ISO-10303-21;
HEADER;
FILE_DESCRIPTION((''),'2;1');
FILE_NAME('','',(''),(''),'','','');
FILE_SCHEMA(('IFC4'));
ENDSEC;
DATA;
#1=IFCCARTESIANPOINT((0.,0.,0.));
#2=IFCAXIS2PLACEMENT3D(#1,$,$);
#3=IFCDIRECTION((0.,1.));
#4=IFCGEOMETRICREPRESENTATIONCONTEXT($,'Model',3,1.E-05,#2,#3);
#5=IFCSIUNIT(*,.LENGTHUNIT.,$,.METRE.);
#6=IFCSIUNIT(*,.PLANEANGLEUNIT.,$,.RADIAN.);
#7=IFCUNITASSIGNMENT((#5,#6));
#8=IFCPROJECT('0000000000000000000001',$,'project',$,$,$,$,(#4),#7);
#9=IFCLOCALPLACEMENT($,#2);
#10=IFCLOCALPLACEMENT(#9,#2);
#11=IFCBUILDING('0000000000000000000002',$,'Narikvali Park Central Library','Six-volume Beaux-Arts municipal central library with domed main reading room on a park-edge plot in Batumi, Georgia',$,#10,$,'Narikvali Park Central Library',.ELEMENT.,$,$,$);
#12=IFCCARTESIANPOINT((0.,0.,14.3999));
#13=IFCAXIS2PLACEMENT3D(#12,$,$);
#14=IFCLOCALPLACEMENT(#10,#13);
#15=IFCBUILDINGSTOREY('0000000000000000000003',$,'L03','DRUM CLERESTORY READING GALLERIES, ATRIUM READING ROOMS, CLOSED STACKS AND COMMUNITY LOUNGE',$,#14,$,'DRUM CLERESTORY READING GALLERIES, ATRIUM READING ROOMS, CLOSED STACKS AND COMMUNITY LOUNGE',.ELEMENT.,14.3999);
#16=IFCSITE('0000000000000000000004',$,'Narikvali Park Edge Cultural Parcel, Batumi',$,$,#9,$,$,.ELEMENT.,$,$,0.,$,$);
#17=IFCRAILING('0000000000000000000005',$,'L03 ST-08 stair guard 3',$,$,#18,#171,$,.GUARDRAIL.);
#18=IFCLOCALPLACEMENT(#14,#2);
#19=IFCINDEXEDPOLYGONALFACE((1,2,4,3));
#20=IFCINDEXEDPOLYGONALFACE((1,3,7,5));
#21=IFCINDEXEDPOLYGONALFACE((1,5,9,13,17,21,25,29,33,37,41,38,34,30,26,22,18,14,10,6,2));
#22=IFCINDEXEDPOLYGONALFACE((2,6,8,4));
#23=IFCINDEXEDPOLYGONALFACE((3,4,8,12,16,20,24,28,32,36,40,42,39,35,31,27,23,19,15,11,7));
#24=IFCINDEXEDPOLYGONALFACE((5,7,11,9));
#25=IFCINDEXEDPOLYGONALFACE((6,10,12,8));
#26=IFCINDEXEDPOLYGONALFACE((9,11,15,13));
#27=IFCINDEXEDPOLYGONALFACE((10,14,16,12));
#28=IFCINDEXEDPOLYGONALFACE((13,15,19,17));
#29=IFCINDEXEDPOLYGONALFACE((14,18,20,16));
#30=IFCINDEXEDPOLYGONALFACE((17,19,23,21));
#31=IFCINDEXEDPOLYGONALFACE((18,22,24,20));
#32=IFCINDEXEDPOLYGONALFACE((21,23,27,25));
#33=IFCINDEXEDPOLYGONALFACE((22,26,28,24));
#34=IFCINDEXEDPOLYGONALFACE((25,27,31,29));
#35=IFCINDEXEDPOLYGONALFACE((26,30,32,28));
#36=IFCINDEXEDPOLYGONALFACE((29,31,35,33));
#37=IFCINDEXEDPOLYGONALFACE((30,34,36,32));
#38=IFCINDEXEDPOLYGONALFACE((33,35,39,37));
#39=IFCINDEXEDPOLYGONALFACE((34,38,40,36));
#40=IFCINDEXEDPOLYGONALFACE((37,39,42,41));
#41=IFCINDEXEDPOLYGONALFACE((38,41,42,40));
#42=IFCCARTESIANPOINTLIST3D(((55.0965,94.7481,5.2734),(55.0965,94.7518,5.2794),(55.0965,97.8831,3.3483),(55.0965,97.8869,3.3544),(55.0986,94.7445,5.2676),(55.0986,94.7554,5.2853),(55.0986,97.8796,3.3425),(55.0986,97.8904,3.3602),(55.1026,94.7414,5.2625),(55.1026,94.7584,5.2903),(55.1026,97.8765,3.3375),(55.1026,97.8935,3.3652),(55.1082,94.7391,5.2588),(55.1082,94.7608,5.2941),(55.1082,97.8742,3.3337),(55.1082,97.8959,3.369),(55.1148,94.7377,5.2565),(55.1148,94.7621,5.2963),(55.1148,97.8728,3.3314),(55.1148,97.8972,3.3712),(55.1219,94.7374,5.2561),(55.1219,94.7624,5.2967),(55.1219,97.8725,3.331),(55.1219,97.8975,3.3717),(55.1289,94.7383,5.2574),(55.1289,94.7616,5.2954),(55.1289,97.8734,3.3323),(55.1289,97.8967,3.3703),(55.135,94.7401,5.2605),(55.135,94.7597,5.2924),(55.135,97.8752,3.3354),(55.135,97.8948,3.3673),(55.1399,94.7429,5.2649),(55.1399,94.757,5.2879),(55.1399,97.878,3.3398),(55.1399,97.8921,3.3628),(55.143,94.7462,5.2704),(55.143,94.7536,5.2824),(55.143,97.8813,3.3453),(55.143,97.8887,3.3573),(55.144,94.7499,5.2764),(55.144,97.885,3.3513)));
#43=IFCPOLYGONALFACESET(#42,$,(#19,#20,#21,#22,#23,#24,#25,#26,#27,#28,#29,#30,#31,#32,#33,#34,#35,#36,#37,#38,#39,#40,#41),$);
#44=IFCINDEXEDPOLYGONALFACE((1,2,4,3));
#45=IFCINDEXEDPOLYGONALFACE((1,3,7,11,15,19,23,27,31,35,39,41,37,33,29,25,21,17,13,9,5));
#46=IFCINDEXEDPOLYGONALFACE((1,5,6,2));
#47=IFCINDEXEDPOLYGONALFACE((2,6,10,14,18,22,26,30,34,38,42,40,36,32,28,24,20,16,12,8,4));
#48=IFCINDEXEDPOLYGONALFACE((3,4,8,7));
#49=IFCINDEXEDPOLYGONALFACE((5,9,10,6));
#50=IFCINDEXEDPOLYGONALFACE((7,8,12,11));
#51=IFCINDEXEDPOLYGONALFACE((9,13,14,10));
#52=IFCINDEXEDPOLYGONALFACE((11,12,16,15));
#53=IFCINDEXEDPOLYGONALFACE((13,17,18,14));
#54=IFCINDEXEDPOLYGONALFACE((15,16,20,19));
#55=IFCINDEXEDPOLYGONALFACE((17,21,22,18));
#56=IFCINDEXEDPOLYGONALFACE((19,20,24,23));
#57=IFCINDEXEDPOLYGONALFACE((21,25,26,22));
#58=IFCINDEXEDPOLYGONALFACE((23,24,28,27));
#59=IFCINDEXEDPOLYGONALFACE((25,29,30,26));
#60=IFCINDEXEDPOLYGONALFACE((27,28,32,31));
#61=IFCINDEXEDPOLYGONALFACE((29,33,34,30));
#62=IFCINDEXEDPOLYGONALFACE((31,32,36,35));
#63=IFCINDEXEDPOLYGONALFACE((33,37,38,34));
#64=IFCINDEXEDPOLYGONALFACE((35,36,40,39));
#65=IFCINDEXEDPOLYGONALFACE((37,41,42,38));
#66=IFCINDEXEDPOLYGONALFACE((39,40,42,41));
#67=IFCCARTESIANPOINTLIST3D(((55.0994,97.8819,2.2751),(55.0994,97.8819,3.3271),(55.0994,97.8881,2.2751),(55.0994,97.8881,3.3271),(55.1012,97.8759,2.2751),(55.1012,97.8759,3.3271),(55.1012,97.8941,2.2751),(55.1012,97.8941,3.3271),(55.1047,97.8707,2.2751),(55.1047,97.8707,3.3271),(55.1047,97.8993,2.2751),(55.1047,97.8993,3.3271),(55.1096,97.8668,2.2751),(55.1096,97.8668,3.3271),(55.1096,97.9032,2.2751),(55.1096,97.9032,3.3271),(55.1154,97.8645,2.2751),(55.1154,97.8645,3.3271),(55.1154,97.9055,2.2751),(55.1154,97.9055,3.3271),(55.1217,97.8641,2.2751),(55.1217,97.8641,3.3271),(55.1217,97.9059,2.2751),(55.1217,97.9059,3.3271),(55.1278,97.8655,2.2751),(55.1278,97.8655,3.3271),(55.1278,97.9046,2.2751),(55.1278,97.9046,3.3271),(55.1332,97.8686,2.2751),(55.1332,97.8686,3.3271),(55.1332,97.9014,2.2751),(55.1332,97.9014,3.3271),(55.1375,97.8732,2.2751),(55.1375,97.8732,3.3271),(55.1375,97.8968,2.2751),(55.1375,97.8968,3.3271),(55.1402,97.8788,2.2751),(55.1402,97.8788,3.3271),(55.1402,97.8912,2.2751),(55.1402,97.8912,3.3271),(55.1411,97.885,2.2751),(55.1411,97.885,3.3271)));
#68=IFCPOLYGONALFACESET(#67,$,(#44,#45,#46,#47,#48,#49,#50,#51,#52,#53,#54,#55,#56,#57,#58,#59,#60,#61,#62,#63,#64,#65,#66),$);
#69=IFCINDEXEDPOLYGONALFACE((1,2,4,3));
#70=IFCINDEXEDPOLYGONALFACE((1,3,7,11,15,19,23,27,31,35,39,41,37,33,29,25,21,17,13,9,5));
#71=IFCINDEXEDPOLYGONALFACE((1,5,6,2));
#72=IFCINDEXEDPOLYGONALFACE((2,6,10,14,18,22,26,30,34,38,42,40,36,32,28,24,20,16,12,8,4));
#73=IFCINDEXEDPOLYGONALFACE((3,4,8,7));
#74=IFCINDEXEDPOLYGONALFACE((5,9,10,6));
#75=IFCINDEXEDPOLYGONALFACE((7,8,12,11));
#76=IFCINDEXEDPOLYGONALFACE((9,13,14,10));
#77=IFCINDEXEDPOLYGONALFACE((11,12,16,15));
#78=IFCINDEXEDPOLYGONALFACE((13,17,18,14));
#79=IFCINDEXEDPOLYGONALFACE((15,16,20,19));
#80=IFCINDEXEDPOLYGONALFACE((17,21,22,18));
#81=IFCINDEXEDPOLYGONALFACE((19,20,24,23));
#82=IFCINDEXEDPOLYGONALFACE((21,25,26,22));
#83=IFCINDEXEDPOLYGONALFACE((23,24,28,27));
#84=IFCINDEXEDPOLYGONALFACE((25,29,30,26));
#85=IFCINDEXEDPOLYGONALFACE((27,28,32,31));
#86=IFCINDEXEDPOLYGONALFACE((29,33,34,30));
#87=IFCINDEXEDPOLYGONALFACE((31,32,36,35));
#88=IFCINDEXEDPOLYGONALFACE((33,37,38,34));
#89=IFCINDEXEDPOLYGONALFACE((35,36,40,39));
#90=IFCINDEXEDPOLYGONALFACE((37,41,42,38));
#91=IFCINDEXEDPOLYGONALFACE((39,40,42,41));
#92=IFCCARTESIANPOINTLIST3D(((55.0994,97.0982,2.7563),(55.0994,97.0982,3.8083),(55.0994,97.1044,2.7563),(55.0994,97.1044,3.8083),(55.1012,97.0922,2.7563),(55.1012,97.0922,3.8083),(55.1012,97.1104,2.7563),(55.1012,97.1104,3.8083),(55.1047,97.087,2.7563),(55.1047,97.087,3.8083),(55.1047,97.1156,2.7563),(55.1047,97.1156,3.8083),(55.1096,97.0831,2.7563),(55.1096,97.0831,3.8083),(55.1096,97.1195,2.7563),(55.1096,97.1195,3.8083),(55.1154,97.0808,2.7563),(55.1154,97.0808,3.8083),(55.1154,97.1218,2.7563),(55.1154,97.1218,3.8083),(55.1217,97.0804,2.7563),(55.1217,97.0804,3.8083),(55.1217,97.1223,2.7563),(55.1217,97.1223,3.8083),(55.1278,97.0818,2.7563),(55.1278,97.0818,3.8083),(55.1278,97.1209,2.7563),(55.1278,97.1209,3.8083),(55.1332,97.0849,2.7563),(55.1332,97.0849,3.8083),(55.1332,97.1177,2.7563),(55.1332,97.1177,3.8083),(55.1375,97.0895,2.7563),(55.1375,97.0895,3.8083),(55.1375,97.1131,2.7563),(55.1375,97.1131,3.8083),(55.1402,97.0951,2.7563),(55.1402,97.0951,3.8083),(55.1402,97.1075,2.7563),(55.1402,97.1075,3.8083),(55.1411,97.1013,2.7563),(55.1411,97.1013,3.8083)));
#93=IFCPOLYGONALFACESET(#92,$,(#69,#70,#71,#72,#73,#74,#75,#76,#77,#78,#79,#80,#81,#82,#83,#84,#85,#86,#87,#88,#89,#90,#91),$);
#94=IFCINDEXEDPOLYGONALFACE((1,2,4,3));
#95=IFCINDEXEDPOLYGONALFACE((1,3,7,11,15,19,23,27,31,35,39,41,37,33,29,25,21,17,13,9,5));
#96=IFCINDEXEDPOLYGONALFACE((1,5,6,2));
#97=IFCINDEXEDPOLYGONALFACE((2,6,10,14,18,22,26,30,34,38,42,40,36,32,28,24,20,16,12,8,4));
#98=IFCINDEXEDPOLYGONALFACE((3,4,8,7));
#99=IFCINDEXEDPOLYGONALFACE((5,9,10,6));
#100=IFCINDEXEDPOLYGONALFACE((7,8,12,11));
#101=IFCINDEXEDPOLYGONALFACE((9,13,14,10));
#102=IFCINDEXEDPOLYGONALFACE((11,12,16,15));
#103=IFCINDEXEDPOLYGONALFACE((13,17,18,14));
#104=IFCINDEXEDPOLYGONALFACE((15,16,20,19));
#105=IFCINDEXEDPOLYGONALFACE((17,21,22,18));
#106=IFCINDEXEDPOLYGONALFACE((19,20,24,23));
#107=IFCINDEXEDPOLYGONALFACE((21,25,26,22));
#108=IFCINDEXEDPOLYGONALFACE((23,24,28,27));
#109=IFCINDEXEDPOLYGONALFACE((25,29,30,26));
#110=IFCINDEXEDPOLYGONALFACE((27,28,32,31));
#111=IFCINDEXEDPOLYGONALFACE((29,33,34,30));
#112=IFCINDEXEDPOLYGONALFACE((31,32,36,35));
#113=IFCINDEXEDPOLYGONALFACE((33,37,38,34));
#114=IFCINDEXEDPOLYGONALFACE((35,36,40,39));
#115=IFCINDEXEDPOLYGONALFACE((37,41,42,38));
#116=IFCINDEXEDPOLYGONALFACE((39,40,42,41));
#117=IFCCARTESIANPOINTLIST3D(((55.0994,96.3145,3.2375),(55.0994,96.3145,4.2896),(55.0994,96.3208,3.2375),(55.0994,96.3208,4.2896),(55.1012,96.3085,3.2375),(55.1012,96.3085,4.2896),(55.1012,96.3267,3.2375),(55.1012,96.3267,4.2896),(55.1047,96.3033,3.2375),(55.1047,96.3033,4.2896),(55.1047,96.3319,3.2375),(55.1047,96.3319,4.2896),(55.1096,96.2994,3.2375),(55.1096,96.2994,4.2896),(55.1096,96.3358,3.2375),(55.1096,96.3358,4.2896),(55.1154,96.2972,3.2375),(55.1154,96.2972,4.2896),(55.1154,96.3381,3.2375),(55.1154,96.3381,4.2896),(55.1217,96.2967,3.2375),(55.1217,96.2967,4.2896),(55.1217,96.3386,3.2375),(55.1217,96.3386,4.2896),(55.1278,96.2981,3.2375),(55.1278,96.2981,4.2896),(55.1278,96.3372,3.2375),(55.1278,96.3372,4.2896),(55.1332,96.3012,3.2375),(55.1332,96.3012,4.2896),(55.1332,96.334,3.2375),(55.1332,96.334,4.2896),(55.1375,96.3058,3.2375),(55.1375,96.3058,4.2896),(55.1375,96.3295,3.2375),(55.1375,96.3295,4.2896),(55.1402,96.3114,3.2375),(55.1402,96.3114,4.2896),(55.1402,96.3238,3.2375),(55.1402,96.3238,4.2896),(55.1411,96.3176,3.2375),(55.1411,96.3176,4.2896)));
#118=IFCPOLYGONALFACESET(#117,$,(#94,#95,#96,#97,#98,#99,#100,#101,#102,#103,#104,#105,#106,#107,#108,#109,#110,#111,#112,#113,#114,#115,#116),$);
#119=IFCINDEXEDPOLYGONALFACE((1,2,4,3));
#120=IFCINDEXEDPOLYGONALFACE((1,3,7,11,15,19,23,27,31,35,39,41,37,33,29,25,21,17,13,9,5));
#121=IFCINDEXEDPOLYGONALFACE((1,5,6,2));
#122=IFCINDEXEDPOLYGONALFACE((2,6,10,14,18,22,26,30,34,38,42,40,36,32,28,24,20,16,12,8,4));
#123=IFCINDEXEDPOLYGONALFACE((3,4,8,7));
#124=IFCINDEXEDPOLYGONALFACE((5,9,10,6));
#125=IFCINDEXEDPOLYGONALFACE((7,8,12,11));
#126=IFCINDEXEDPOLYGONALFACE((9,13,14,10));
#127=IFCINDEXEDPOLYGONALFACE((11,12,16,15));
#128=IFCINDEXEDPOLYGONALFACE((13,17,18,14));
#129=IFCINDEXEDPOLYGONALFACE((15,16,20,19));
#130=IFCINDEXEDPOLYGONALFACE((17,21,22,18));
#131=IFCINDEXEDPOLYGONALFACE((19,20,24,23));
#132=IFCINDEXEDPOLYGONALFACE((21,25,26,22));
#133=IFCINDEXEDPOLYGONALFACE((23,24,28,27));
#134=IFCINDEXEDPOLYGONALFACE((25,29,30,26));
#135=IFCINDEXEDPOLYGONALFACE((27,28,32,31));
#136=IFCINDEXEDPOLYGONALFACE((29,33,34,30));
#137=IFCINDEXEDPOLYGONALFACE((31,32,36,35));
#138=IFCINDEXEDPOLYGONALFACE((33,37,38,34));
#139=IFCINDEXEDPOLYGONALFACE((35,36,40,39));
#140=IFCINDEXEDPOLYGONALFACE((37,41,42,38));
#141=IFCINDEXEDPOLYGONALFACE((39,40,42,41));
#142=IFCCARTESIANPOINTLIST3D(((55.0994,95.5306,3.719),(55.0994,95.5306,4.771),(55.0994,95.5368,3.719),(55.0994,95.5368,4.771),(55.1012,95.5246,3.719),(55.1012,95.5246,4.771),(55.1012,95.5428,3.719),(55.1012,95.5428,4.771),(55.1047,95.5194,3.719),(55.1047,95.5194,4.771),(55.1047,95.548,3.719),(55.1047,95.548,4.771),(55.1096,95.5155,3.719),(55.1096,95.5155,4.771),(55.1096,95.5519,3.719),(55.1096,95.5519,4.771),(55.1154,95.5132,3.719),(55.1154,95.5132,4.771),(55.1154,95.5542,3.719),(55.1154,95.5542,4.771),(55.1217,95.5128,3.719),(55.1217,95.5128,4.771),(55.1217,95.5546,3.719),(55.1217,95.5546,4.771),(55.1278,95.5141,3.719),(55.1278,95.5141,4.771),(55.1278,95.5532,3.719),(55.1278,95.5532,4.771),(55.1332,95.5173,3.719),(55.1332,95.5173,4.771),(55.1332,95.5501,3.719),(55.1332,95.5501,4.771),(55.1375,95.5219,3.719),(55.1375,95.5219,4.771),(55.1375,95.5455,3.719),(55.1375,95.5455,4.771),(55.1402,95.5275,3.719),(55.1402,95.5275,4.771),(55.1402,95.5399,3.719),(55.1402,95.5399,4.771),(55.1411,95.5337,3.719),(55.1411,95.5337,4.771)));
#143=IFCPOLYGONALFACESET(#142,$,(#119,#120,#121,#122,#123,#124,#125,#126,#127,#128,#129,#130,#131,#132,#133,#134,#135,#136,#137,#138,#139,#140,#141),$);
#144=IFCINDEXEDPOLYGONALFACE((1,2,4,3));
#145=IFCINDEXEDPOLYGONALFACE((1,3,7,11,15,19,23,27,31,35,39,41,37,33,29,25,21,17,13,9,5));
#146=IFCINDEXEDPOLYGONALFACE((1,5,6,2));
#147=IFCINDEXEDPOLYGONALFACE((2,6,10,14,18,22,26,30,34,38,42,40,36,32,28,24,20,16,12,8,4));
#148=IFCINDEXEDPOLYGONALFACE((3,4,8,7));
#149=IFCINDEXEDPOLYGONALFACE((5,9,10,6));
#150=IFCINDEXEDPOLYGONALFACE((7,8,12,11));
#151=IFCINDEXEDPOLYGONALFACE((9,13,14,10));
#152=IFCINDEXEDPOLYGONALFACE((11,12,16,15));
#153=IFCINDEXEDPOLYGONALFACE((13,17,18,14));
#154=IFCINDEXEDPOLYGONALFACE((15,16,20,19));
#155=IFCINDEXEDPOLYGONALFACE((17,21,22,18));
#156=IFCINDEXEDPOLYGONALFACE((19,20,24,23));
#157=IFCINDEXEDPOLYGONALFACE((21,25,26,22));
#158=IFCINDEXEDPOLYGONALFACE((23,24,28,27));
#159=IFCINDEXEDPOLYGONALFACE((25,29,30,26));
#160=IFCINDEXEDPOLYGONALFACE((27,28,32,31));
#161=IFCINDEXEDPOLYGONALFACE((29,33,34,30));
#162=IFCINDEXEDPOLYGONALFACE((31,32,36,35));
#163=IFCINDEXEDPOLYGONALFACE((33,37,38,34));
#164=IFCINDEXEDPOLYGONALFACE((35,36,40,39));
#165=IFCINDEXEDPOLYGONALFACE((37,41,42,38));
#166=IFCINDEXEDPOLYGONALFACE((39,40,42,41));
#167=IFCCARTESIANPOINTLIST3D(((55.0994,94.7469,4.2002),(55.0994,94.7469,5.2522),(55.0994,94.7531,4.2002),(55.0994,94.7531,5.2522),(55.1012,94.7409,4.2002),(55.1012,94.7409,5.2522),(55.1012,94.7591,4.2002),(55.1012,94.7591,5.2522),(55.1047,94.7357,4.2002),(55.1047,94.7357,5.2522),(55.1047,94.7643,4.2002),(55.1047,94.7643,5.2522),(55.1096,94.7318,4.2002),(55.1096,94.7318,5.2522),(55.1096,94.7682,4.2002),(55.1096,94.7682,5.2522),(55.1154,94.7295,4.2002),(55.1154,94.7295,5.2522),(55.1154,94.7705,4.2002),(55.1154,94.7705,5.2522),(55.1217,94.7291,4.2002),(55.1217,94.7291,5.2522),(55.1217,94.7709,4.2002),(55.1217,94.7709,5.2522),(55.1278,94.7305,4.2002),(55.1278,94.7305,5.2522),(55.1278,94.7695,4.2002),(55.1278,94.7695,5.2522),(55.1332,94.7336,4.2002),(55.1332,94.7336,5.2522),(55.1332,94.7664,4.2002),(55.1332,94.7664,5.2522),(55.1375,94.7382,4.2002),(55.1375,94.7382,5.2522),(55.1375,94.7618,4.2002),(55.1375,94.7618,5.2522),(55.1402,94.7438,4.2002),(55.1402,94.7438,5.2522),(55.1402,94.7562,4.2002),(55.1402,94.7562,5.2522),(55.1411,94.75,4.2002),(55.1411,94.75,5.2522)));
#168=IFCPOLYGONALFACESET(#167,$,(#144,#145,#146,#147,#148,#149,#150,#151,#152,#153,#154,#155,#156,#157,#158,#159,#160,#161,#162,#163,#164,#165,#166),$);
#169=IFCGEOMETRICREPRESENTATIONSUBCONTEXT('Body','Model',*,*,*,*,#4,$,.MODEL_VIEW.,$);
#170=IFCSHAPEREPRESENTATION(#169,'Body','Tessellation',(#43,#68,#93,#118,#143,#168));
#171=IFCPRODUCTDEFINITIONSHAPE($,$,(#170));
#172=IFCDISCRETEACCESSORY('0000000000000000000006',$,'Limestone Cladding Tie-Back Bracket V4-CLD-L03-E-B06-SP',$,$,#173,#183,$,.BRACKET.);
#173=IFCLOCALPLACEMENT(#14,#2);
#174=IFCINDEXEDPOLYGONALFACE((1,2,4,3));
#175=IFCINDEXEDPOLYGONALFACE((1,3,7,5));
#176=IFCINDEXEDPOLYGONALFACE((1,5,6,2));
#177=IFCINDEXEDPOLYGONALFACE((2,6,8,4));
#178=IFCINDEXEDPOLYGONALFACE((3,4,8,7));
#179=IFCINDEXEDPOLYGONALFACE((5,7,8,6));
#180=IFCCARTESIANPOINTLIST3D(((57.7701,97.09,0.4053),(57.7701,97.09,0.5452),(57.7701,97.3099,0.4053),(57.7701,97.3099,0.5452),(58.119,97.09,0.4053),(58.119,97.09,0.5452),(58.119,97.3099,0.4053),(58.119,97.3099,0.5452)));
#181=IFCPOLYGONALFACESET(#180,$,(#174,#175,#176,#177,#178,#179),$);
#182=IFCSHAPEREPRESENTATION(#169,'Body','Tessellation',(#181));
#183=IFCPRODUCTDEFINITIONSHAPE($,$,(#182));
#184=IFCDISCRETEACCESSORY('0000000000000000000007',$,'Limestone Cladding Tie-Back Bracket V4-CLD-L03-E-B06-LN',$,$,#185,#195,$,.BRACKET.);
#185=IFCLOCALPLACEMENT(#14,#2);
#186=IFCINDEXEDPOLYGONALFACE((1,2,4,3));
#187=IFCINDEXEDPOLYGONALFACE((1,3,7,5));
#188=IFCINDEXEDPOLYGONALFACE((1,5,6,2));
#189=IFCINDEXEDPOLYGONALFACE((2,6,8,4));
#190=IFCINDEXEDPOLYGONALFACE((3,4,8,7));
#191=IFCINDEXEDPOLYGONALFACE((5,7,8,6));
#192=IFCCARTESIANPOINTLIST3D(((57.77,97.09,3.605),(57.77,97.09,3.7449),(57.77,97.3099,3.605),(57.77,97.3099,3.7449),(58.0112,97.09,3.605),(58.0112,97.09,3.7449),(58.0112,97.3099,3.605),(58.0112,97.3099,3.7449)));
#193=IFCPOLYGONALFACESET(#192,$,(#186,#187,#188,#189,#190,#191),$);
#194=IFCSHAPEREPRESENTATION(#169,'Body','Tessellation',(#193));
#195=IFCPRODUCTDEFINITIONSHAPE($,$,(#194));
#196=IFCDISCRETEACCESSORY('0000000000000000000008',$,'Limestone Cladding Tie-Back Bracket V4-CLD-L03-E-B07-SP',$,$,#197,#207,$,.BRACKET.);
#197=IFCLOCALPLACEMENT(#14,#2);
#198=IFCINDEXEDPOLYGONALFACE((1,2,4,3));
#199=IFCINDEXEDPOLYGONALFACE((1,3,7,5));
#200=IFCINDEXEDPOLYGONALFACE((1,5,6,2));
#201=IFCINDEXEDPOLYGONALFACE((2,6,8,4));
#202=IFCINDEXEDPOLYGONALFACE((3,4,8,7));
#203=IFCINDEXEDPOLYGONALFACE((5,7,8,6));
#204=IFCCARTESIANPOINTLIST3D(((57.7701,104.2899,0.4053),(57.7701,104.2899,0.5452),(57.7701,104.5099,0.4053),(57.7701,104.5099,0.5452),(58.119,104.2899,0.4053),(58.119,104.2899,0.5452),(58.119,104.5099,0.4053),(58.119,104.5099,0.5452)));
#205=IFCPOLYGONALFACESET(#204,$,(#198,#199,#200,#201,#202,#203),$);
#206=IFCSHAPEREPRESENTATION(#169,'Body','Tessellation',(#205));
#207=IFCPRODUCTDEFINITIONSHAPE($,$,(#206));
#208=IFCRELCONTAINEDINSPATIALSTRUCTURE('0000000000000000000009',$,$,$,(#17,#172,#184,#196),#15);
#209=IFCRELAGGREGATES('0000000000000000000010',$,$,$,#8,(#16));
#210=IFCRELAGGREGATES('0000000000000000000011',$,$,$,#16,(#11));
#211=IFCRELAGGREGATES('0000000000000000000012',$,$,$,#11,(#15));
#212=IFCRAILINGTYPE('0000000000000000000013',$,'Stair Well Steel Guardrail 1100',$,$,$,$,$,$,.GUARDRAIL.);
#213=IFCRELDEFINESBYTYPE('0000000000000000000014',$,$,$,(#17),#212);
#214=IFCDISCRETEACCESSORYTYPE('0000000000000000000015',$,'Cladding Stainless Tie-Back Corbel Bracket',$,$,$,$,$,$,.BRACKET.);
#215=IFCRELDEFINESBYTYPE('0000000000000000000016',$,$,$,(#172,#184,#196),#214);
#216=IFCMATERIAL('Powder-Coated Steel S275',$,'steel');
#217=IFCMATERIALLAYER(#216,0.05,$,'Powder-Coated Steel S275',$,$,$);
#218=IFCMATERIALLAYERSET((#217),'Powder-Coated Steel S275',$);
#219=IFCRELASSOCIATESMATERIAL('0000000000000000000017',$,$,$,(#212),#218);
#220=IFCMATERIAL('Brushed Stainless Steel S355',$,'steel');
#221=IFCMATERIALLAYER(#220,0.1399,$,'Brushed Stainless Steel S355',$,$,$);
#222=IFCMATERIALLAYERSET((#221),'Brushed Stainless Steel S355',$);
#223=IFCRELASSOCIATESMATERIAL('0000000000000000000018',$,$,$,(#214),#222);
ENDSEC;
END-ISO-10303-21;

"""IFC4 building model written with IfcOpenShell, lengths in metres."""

from ifc_helpers import new_model, si_unit, direction, frame, origin, origin_2d, place, context, subcontext, project, spatial, rectangle, circle, extrude, material, layer, layer_set, type_object, element, save


model = new_model("IFC4")

# Units and contexts
model_context = context("Model", 3, precision=1e-05, world=origin(), true_north=direction((0.0, 1.0)))
body_context = subcontext(model_context, "Body", "Model", "MODEL_VIEW")
ifc_project = project(units=[si_unit("LENGTHUNIT", "METRE"), si_unit("PLANEANGLEUNIT", "RADIAN")], contexts=[model_context])

# Site, building, storey
site_placement = place(None, origin())
site = spatial("IfcSite", under=ifc_project, at=site_placement, Name="Narikvali Park Edge Cultural Parcel, Batumi", CompositionType="ELEMENT", RefElevation=0.0)
building_placement = place(site_placement, origin())
building = spatial("IfcBuilding", under=site, at=building_placement, Name="Narikvali Park Central Library", Description="Six-volume Beaux-Arts municipal central library with domed main reading room on a park-edge plot in Batumi, Georgia", LongName="Narikvali Park Central Library", CompositionType="ELEMENT")
storey_placement = place(building_placement, frame((0.0, 0.0, 14.3999)))
storey = spatial("IfcBuildingStorey", under=building, at=storey_placement, Name="L03", Description="DRUM CLERESTORY READING GALLERIES, ATRIUM READING ROOMS, CLOSED STACKS AND COMMUNITY LOUNGE", LongName="DRUM CLERESTORY READING GALLERIES, ATRIUM READING ROOMS, CLOSED STACKS AND COMMUNITY LOUNGE", CompositionType="ELEMENT", Elevation=14.3999)

# Railing
ifc_material_1 = material(Name="Brushed Stainless Steel S355", Category="steel")
ifc_material_2 = material(Name="Powder-Coated Steel S275", Category="steel")
ifc_layer_1 = layer(ifc_material_2, 0.05, Name="Powder-Coated Steel S275")
ifc_layer_set_1 = layer_set([ifc_layer_1], Name="Powder-Coated Steel S275")
railing_type_1 = type_object("IfcRailingType", Name="Stair Well Steel Guardrail 1100", PredefinedType="GUARDRAIL", material=ifc_layer_set_1)
railing_1_placement = place(storey_placement, frame((55.1201, 97.885, 2.2751)))
element("IfcRailing", 1, at=railing_1_placement, inside=storey, type_object=railing_type_1, Name="L03 ST-08 stair guard 3", PredefinedType="GUARDRAIL", context=body_context, shape_type="SweptSolid", body=[
    extrude(circle(Radius=0.0239, at=origin_2d()), frame((0.0, 0.0, 1.0762), z_axis=(0.0, -0.852166, 0.523271), x_axis=(1.0, 0.0, 0.0)), (0.0, 0.0, 1.0), 3.679),
    extrude(circle(Radius=0.021, at=origin_2d()), origin(), (0.0, 0.0, 1.0), 1.052),
    extrude(circle(Radius=0.021, at=origin_2d()), frame((0.0, -0.7837, 0.4812)), (0.0, 0.0, 1.0), 1.052),
    extrude(circle(Radius=0.021, at=origin_2d()), frame((0.0, -1.5674, 0.9624)), (0.0, 0.0, 1.0), 1.052),
    extrude(circle(Radius=0.021, at=origin_2d()), frame((0.0, -2.3513, 1.4438)), (0.0, 0.0, 1.0), 1.052),
    extrude(circle(Radius=0.021, at=origin_2d()), frame((0.0, -3.135, 1.925)), (0.0, 0.0, 1.0), 1.052),
])

# Discrete accessories
ifc_layer_2 = layer(ifc_material_1, 0.1399, Name="Brushed Stainless Steel S355")
ifc_layer_set_2 = layer_set([ifc_layer_2], Name="Brushed Stainless Steel S355")
discrete_accessory_type = type_object("IfcDiscreteAccessoryType", Name="Cladding Stainless Tie-Back Corbel Bracket", PredefinedType="BRACKET", material=ifc_layer_set_2)
discrete_accessory_1_placement = place(storey_placement, frame((57.9446, 97.2, 0.4053), z_axis=(0.0, 0.0, 1.0), x_axis=(1.0, 0.0, 0.0)))
element("IfcDiscreteAccessory", 2, at=discrete_accessory_1_placement, inside=storey, type_object=discrete_accessory_type, Name="Limestone Cladding Tie-Back Bracket V4-CLD-L03-E-B06-SP", PredefinedType="BRACKET", context=body_context, shape_type="SweptSolid", body=[
    extrude(rectangle(XDim=0.3489, YDim=0.22, at=origin_2d()), origin(), (0.0, 0.0, 1.0), 0.1399),
])
discrete_accessory_2_placement = place(storey_placement, frame((57.8906, 97.2, 3.605), z_axis=(0.0, 0.0, 1.0), x_axis=(1.0, 0.0, 0.0)))
element("IfcDiscreteAccessory", 3, at=discrete_accessory_2_placement, inside=storey, type_object=discrete_accessory_type, Name="Limestone Cladding Tie-Back Bracket V4-CLD-L03-E-B06-LN", PredefinedType="BRACKET", context=body_context, shape_type="SweptSolid", body=[
    extrude(rectangle(XDim=0.2412, YDim=0.22, at=origin_2d()), origin(), (0.0, 0.0, 1.0), 0.1399),
])
discrete_accessory_3_placement = place(storey_placement, frame((57.9446, 104.3999, 0.4053), z_axis=(0.0, 0.0, 1.0), x_axis=(1.0, 0.0, 0.0)))
element("IfcDiscreteAccessory", 4, at=discrete_accessory_3_placement, inside=storey, type_object=discrete_accessory_type, Name="Limestone Cladding Tie-Back Bracket V4-CLD-L03-E-B07-SP", PredefinedType="BRACKET", context=body_context, shape_type="SweptSolid", body=[
    extrude(rectangle(XDim=0.3489, YDim=0.22, at=origin_2d()), origin(), (0.0, 0.0, 1.0), 0.1399),
])

save(model, "model.ifc")
